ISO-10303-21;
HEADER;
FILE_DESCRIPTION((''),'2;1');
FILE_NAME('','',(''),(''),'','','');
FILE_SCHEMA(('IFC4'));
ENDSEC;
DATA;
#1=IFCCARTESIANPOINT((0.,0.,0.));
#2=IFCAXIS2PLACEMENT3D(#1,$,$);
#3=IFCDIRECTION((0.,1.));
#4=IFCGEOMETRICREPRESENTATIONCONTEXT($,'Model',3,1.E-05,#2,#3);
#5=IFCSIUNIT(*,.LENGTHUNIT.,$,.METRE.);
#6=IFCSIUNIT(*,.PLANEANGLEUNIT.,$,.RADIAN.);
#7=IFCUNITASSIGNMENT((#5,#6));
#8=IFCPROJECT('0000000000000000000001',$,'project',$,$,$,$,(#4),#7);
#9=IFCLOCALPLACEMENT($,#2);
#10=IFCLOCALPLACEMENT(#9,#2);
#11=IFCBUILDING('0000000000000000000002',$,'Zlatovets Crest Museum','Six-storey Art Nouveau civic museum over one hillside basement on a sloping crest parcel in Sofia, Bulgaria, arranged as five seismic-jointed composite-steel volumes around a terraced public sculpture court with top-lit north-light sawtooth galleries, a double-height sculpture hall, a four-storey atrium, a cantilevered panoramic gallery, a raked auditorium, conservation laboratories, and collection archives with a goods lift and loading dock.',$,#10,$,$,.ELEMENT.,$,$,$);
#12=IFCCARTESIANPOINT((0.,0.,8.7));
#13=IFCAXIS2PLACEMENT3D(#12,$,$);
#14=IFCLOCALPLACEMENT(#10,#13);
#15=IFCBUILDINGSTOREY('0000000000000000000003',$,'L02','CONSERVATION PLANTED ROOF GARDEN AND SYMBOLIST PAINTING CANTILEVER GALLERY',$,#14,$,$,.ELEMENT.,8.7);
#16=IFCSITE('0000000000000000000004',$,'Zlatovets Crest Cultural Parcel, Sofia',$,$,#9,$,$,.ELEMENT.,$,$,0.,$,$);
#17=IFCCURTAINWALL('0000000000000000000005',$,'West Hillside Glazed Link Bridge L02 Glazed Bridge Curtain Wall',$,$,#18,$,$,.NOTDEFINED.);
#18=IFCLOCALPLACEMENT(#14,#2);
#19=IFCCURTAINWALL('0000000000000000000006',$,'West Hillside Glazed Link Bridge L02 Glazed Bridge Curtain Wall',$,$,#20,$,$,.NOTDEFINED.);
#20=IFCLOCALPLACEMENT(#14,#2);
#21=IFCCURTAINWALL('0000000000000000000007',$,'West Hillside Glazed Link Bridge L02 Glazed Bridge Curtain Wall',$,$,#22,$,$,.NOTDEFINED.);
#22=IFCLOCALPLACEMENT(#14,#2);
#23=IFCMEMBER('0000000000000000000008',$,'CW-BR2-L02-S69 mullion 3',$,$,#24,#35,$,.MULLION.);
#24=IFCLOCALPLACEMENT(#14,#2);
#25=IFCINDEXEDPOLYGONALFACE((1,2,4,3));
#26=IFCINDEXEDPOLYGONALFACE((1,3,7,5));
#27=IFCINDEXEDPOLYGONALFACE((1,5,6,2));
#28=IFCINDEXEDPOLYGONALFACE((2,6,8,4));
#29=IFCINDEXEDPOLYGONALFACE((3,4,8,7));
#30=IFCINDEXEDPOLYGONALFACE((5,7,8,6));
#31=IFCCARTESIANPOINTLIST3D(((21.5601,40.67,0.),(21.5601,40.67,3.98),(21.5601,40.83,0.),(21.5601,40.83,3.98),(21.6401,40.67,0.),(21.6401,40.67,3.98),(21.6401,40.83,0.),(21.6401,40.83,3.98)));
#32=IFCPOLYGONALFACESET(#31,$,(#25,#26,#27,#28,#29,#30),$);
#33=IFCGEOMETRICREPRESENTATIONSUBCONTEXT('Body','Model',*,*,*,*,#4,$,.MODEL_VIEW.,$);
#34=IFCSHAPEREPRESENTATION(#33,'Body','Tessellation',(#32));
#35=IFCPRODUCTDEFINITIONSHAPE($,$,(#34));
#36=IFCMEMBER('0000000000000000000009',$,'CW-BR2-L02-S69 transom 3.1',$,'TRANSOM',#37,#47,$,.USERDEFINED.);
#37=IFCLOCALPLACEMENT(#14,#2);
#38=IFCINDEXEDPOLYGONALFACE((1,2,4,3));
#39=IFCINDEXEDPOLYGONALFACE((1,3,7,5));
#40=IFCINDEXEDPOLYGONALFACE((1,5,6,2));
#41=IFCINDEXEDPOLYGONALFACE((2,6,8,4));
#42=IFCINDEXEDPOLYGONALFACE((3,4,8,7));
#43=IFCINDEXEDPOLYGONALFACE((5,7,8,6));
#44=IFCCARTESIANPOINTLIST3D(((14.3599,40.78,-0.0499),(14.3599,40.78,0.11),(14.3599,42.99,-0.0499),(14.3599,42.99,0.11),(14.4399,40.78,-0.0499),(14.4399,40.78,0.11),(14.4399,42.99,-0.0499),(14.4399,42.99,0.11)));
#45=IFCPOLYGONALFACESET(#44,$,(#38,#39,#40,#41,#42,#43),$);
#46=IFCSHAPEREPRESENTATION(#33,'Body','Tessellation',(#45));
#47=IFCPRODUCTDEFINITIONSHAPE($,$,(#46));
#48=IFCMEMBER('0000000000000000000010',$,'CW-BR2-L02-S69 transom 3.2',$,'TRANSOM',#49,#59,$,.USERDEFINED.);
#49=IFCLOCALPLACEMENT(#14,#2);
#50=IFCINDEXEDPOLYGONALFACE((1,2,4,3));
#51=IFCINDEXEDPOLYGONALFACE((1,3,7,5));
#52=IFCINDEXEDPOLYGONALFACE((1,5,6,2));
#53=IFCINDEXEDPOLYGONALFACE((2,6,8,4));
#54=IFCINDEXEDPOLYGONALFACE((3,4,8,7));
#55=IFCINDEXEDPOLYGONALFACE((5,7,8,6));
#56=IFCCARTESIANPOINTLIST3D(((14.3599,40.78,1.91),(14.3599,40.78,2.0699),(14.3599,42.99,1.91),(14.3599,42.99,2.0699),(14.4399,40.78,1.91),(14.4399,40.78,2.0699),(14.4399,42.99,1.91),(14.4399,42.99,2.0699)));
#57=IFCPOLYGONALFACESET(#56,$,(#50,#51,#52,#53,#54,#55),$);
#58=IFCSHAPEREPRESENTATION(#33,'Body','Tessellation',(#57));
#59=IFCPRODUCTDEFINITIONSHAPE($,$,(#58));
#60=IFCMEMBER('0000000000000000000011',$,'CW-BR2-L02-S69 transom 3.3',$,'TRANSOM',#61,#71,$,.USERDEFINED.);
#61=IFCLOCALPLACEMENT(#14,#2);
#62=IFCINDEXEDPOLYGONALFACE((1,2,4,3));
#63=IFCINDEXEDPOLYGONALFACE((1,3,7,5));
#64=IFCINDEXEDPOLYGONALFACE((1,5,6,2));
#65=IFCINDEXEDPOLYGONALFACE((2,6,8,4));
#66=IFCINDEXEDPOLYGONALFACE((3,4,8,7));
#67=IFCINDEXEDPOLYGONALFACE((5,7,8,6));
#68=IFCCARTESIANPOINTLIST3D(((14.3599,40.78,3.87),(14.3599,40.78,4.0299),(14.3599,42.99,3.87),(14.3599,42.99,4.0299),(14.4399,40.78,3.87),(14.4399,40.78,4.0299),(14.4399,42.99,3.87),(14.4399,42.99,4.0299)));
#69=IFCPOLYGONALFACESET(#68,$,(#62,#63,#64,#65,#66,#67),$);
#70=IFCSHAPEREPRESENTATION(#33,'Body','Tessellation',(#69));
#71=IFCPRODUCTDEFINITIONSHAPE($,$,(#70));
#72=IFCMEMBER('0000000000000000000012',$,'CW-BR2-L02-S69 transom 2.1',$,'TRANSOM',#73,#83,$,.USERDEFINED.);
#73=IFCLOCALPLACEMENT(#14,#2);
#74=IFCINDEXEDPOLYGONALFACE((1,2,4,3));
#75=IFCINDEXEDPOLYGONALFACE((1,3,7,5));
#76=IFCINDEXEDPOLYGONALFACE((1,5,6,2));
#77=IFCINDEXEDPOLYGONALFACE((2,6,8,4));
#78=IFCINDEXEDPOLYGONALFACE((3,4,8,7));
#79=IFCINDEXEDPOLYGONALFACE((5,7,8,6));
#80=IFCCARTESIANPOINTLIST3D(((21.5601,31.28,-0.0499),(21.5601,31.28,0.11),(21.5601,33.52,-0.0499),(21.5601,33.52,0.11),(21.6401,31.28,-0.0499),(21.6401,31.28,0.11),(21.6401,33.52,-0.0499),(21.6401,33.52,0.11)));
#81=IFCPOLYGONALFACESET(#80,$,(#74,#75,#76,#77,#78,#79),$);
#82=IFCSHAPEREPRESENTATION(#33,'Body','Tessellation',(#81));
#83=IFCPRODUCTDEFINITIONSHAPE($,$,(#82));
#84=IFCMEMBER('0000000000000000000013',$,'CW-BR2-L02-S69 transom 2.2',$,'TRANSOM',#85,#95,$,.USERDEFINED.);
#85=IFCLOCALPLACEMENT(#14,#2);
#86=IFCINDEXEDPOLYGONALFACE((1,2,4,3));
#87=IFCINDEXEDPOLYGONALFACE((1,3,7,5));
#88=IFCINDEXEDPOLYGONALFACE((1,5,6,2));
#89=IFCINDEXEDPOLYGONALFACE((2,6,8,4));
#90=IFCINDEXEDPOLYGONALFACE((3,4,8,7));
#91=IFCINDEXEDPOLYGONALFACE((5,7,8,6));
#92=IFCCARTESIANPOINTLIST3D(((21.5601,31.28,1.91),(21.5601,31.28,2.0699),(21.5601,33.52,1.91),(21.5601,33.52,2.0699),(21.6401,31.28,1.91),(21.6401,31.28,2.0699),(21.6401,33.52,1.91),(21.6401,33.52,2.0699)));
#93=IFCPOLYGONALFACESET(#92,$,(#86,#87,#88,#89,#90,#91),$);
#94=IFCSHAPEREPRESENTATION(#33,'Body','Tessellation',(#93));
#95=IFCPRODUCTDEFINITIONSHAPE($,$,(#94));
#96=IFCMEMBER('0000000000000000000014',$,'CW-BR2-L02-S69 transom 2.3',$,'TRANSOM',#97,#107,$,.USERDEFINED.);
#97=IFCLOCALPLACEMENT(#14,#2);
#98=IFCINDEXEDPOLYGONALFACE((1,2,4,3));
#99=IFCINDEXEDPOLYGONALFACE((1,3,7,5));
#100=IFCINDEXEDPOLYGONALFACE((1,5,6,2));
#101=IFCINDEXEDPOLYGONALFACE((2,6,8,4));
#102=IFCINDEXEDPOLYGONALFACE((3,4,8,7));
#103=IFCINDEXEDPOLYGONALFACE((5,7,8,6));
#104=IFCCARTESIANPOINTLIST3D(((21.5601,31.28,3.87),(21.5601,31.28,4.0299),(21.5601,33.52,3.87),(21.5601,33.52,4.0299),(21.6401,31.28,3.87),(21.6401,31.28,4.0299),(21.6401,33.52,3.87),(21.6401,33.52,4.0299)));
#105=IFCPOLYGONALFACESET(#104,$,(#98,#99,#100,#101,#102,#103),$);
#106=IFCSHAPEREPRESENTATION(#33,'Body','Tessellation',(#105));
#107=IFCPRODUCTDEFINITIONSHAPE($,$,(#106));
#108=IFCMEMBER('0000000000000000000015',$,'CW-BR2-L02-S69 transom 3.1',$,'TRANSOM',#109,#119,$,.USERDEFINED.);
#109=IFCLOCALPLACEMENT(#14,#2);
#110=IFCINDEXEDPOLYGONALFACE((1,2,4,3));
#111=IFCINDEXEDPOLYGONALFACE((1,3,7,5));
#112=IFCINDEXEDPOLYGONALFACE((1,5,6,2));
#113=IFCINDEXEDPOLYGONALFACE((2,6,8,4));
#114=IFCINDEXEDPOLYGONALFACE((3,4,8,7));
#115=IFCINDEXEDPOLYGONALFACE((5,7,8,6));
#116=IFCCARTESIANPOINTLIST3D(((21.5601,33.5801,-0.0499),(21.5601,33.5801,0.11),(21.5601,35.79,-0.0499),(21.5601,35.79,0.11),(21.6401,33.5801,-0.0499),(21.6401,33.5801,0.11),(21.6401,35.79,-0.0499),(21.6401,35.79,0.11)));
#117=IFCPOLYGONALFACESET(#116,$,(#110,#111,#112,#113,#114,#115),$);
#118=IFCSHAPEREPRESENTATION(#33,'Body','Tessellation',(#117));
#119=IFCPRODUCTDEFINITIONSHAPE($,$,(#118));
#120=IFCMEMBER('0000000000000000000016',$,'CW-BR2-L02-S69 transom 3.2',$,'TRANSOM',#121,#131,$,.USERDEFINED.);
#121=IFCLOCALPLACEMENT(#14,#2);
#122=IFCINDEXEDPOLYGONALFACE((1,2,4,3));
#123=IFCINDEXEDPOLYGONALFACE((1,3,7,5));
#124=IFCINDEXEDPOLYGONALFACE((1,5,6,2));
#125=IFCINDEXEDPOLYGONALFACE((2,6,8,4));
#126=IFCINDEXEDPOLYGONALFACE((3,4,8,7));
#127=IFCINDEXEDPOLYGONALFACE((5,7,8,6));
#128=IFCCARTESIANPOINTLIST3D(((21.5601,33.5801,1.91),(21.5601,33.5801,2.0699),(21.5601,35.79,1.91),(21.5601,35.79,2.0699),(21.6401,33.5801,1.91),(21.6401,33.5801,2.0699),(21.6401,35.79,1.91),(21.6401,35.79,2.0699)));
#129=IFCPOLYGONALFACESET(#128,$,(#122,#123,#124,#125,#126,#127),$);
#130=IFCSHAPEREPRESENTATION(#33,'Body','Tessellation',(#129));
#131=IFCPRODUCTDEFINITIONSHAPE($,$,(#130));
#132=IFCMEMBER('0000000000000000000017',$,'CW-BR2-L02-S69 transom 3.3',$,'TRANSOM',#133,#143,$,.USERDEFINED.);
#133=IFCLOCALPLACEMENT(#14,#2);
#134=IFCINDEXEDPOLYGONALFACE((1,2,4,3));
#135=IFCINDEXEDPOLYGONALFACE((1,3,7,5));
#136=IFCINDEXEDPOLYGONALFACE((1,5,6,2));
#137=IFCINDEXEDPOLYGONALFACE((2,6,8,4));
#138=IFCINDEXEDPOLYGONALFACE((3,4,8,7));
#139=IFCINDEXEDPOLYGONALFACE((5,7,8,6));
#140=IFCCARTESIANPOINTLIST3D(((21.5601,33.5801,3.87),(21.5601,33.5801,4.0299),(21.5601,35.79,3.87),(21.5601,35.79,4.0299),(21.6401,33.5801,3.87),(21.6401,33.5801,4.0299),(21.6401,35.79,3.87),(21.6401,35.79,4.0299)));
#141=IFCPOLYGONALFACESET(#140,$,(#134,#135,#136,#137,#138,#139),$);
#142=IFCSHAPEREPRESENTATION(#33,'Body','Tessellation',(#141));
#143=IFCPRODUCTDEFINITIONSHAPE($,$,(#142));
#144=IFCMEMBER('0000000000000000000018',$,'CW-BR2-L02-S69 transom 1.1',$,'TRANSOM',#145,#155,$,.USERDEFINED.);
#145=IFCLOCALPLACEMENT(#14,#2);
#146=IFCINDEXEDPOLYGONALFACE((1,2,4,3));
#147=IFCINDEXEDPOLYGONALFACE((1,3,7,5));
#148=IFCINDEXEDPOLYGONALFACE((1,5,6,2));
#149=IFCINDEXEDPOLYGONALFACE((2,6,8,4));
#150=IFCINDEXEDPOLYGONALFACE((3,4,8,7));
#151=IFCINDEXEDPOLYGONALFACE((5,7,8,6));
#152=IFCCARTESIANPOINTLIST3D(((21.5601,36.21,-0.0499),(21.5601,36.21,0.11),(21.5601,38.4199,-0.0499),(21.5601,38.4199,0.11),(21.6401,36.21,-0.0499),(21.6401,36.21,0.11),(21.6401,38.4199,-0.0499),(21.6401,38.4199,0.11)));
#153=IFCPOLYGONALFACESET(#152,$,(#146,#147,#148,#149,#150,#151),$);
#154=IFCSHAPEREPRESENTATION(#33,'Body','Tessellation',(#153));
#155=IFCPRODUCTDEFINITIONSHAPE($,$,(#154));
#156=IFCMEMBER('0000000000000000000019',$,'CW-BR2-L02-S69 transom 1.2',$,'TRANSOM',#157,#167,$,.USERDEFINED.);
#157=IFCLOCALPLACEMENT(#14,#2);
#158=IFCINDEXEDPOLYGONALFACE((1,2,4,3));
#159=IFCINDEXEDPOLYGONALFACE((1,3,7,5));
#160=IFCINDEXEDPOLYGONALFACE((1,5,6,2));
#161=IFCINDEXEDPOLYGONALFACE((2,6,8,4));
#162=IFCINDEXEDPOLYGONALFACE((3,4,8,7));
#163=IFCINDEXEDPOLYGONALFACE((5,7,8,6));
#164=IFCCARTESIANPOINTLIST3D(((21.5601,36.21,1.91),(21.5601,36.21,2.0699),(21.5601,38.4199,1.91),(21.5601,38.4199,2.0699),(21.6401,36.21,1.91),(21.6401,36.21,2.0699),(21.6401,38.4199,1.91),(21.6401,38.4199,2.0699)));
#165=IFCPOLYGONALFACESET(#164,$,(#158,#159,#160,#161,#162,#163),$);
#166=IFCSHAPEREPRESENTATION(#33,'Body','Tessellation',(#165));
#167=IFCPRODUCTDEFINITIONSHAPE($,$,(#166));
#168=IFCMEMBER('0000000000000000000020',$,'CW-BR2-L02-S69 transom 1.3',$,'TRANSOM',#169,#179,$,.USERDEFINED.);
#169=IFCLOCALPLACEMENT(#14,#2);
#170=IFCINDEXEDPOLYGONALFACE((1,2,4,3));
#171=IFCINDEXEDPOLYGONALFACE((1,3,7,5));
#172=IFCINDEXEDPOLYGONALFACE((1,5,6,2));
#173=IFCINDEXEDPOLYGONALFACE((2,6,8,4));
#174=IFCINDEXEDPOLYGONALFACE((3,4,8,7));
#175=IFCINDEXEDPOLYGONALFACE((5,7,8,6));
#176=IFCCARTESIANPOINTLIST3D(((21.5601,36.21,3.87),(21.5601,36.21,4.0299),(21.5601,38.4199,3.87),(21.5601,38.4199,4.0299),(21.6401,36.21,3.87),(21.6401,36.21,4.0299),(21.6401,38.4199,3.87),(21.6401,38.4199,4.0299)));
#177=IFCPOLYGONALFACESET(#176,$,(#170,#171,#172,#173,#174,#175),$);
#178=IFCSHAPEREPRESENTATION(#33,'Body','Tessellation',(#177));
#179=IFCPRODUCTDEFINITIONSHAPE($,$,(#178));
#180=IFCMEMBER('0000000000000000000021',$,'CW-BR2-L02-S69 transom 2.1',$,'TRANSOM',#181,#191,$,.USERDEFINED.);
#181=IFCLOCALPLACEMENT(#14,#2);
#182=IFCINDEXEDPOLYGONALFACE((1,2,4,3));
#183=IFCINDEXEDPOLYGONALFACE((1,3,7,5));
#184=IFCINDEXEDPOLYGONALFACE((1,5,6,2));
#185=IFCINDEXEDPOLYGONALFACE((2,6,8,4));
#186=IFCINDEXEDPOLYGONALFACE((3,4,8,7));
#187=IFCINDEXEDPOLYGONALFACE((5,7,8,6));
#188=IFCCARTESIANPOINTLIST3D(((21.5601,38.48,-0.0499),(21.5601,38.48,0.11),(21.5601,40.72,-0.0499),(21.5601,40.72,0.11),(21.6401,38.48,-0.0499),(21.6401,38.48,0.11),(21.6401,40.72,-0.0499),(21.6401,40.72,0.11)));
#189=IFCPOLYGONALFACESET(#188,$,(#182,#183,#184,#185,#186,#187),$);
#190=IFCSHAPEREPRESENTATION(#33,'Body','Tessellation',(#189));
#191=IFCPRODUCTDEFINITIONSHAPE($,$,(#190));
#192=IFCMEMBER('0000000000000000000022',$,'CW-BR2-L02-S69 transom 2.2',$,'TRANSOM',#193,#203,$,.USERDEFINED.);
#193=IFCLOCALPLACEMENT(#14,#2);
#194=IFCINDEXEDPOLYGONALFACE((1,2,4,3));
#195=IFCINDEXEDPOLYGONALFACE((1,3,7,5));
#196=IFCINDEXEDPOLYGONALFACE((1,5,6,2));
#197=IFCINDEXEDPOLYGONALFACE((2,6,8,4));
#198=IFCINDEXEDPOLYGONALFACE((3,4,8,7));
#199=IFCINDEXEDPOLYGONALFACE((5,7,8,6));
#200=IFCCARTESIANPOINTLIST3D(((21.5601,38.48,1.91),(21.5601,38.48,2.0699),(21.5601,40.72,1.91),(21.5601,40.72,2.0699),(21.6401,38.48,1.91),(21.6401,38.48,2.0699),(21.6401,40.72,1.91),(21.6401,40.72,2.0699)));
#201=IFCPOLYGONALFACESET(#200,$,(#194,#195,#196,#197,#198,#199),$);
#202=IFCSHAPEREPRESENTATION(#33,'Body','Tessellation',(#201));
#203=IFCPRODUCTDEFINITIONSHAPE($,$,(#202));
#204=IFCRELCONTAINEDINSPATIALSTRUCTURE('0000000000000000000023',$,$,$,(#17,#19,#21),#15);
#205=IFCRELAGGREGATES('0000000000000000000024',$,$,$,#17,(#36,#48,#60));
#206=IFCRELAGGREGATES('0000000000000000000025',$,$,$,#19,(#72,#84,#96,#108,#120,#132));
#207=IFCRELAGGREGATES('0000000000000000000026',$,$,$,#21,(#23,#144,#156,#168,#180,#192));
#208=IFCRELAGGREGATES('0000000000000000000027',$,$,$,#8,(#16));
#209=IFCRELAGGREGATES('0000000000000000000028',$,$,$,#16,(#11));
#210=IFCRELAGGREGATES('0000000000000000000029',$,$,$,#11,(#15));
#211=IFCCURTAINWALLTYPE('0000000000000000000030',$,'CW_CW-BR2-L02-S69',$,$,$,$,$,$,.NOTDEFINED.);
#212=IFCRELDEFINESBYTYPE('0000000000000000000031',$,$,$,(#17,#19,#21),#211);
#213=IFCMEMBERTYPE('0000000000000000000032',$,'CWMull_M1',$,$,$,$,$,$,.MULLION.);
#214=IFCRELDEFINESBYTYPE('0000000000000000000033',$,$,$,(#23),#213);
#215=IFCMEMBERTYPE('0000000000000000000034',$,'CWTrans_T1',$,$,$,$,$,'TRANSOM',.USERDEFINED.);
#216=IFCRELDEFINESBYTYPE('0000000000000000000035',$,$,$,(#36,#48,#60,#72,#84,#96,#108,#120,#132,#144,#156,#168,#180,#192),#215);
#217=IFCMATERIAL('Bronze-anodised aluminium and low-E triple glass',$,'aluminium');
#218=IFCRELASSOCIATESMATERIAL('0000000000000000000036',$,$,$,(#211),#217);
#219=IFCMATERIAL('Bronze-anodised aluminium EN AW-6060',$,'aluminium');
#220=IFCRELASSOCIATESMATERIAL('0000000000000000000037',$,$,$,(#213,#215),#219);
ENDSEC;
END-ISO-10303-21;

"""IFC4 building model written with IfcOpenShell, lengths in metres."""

from ifc_helpers import new_model, si_unit, direction, frame, origin, origin_2d, place, context, subcontext, project, spatial, rectangle, extrude, material, material_profile, profile_set, type_object, element, aggregate, save


model = new_model("IFC4")

# Units and contexts
model_context = context("Model", 3, precision=1e-05, world=origin(), true_north=direction((0.0, 1.0)))
body_context = subcontext(model_context, "Body", "Model", "MODEL_VIEW")
ifc_project = project(units=[si_unit("LENGTHUNIT", "METRE"), si_unit("PLANEANGLEUNIT", "RADIAN")], contexts=[model_context])

# Site, building, storey
site_placement = place(None, origin())
site = spatial("IfcSite", under=ifc_project, at=site_placement, Name="Zlatovets Crest Cultural Parcel, Sofia", CompositionType="ELEMENT", RefElevation=0.0)
building_placement = place(site_placement, origin())
building = spatial("IfcBuilding", under=site, at=building_placement, Name="Zlatovets Crest Museum", Description="Six-storey Art Nouveau civic museum over one hillside basement on a sloping crest parcel in Sofia, Bulgaria, arranged as five seismic-jointed composite-steel volumes around a terraced public sculpture court with top-lit north-light sawtooth galleries, a double-height sculpture hall, a four-storey atrium, a cantilevered panoramic gallery, a raked auditorium, conservation laboratories, and collection archives with a goods lift and loading dock.", CompositionType="ELEMENT")
storey_placement = place(building_placement, frame((0.0, 0.0, 8.7)))
storey = spatial("IfcBuildingStorey", under=building, at=storey_placement, Name="L02", Description="CONSERVATION PLANTED ROOF GARDEN AND SYMBOLIST PAINTING CANTILEVER GALLERY", CompositionType="ELEMENT", Elevation=8.7)

# Curtain wall
ifc_material_1 = material(Name="Bronze-anodised aluminium and low-E triple glass", Category="aluminium")
curtain_wall_type = type_object("IfcCurtainWallType", Name="CW_CW-BR2-L02-S69", PredefinedType="NOTDEFINED", material=ifc_material_1)
curtain_wall_1_placement = place(storey_placement, origin())
curtain_wall_1 = element("IfcCurtainWall", 1, at=curtain_wall_1_placement, inside=storey, type_object=curtain_wall_type, Name="West Hillside Glazed Link Bridge L02 Glazed Bridge Curtain Wall", PredefinedType="NOTDEFINED")
ifc_material_2 = material(Name="Bronze-anodised aluminium EN AW-6060", Category="aluminium")
ifc_material_profile_1 = material_profile(ifc_material_2, rectangle(XDim=0.0801, YDim=0.1599, at=origin_2d()), Name="ALU 80x160")
ifc_profile_set_1 = profile_set([ifc_material_profile_1], Name="Bronze-anodised aluminium EN AW-6060")
member_type_1 = type_object("IfcMemberType", Name="CWMull_M1", PredefinedType="MULLION", material=ifc_profile_set_1)

# Curtain walls, member
curtain_wall_2_placement = place(storey_placement, origin())
curtain_wall_2 = element("IfcCurtainWall", 2, at=curtain_wall_2_placement, inside=storey, type_object=curtain_wall_type, Name="West Hillside Glazed Link Bridge L02 Glazed Bridge Curtain Wall", PredefinedType="NOTDEFINED")
curtain_wall_3_placement = place(storey_placement, origin())
curtain_wall_3 = element("IfcCurtainWall", 3, at=curtain_wall_3_placement, inside=storey, type_object=curtain_wall_type, Name="West Hillside Glazed Link Bridge L02 Glazed Bridge Curtain Wall", PredefinedType="NOTDEFINED")
member_1_placement = place(storey_placement, frame((21.6001, 40.75, 0.0), z_axis=(0.0, 0.0, 1.0), x_axis=(-1.0, 0.0, 0.0)))
member_1 = element("IfcMember", 4, at=member_1_placement, type_object=member_type_1, Name="CW-BR2-L02-S69 mullion 3", PredefinedType="MULLION", context=body_context, shape_type="SweptSolid", body=[
    extrude(rectangle(XDim=0.0801, YDim=0.1599, at=origin_2d()), origin(), (0.0, 0.0, 1.0), 3.98),
])

# Members
ifc_material_profile_2 = material_profile(ifc_material_2, rectangle(XDim=0.0801, YDim=0.1599, at=origin_2d()), Name="ALU 80x160")
ifc_profile_set_2 = profile_set([ifc_material_profile_2], Name="Bronze-anodised aluminium EN AW-6060")
member_type_2 = type_object("IfcMemberType", Name="CWTrans_T1", ElementType="TRANSOM", PredefinedType="USERDEFINED", material=ifc_profile_set_2)
member_2_placement = place(storey_placement, frame((14.3999, 40.78, 0.03), z_axis=(0.0, 1.0, 0.0), x_axis=(-1.0, 0.0, 0.0)))
member_2 = element("IfcMember", 5, at=member_2_placement, type_object=member_type_2, Name="CW-BR2-L02-S69 transom 3.1", ObjectType="TRANSOM", PredefinedType="USERDEFINED", context=body_context, shape_type="SweptSolid", body=[
    extrude(rectangle(XDim=0.0801, YDim=0.1599, at=origin_2d()), origin(), (0.0, 0.0, 1.0), 2.21),
])
member_3_placement = place(storey_placement, frame((14.3999, 40.78, 1.99), z_axis=(0.0, 1.0, 0.0), x_axis=(-1.0, 0.0, 0.0)))
member_3 = element("IfcMember", 6, at=member_3_placement, type_object=member_type_2, Name="CW-BR2-L02-S69 transom 3.2", ObjectType="TRANSOM", PredefinedType="USERDEFINED", context=body_context, shape_type="SweptSolid", body=[
    extrude(rectangle(XDim=0.0801, YDim=0.1599, at=origin_2d()), origin(), (0.0, 0.0, 1.0), 2.21),
])
member_4_placement = place(storey_placement, frame((14.3999, 40.78, 3.95), z_axis=(0.0, 1.0, 0.0), x_axis=(-1.0, 0.0, 0.0)))
member_4 = element("IfcMember", 7, at=member_4_placement, type_object=member_type_2, Name="CW-BR2-L02-S69 transom 3.3", ObjectType="TRANSOM", PredefinedType="USERDEFINED", context=body_context, shape_type="SweptSolid", body=[
    extrude(rectangle(XDim=0.0801, YDim=0.1599, at=origin_2d()), origin(), (0.0, 0.0, 1.0), 2.21),
])
aggregate(curtain_wall_1, [member_2, member_3, member_4])
member_5_placement = place(storey_placement, frame((21.6001, 31.28, 0.03), z_axis=(0.0, 1.0, 0.0), x_axis=(-1.0, 0.0, 0.0)))
member_5 = element("IfcMember", 8, at=member_5_placement, type_object=member_type_2, Name="CW-BR2-L02-S69 transom 2.1", ObjectType="TRANSOM", PredefinedType="USERDEFINED", context=body_context, shape_type="SweptSolid", body=[
    extrude(rectangle(XDim=0.0801, YDim=0.1599, at=origin_2d()), origin(), (0.0, 0.0, 1.0), 2.24),
])
member_6_placement = place(storey_placement, frame((21.6001, 31.28, 1.99), z_axis=(0.0, 1.0, 0.0), x_axis=(-1.0, 0.0, 0.0)))
member_6 = element("IfcMember", 9, at=member_6_placement, type_object=member_type_2, Name="CW-BR2-L02-S69 transom 2.2", ObjectType="TRANSOM", PredefinedType="USERDEFINED", context=body_context, shape_type="SweptSolid", body=[
    extrude(rectangle(XDim=0.0801, YDim=0.1599, at=origin_2d()), origin(), (0.0, 0.0, 1.0), 2.24),
])
member_7_placement = place(storey_placement, frame((21.6001, 31.28, 3.95), z_axis=(0.0, 1.0, 0.0), x_axis=(-1.0, 0.0, 0.0)))
member_7 = element("IfcMember", 10, at=member_7_placement, type_object=member_type_2, Name="CW-BR2-L02-S69 transom 2.3", ObjectType="TRANSOM", PredefinedType="USERDEFINED", context=body_context, shape_type="SweptSolid", body=[
    extrude(rectangle(XDim=0.0801, YDim=0.1599, at=origin_2d()), origin(), (0.0, 0.0, 1.0), 2.24),
])
member_8_placement = place(storey_placement, frame((21.6001, 33.5801, 0.03), z_axis=(0.0, 1.0, 0.0), x_axis=(-1.0, 0.0, 0.0)))
member_8 = element("IfcMember", 11, at=member_8_placement, type_object=member_type_2, Name="CW-BR2-L02-S69 transom 3.1", ObjectType="TRANSOM", PredefinedType="USERDEFINED", context=body_context, shape_type="SweptSolid", body=[
    extrude(rectangle(XDim=0.0801, YDim=0.1599, at=origin_2d()), origin(), (0.0, 0.0, 1.0), 2.21),
])
member_9_placement = place(storey_placement, frame((21.6001, 33.5801, 1.99), z_axis=(0.0, 1.0, 0.0), x_axis=(-1.0, 0.0, 0.0)))
member_9 = element("IfcMember", 12, at=member_9_placement, type_object=member_type_2, Name="CW-BR2-L02-S69 transom 3.2", ObjectType="TRANSOM", PredefinedType="USERDEFINED", context=body_context, shape_type="SweptSolid", body=[
    extrude(rectangle(XDim=0.0801, YDim=0.1599, at=origin_2d()), origin(), (0.0, 0.0, 1.0), 2.21),
])
member_10_placement = place(storey_placement, frame((21.6001, 33.5801, 3.95), z_axis=(0.0, 1.0, 0.0), x_axis=(-1.0, 0.0, 0.0)))
member_10 = element("IfcMember", 13, at=member_10_placement, type_object=member_type_2, Name="CW-BR2-L02-S69 transom 3.3", ObjectType="TRANSOM", PredefinedType="USERDEFINED", context=body_context, shape_type="SweptSolid", body=[
    extrude(rectangle(XDim=0.0801, YDim=0.1599, at=origin_2d()), origin(), (0.0, 0.0, 1.0), 2.21),
])
member_11_placement = place(storey_placement, frame((21.6001, 36.21, 0.03), z_axis=(0.0, 1.0, 0.0), x_axis=(-1.0, 0.0, 0.0)))
member_11 = element("IfcMember", 14, at=member_11_placement, type_object=member_type_2, Name="CW-BR2-L02-S69 transom 1.1", ObjectType="TRANSOM", PredefinedType="USERDEFINED", context=body_context, shape_type="SweptSolid", body=[
    extrude(rectangle(XDim=0.0801, YDim=0.1599, at=origin_2d()), origin(), (0.0, 0.0, 1.0), 2.21),
])
member_12_placement = place(storey_placement, frame((21.6001, 36.21, 1.99), z_axis=(0.0, 1.0, 0.0), x_axis=(-1.0, 0.0, 0.0)))
member_12 = element("IfcMember", 15, at=member_12_placement, type_object=member_type_2, Name="CW-BR2-L02-S69 transom 1.2", ObjectType="TRANSOM", PredefinedType="USERDEFINED", context=body_context, shape_type="SweptSolid", body=[
    extrude(rectangle(XDim=0.0801, YDim=0.1599, at=origin_2d()), origin(), (0.0, 0.0, 1.0), 2.21),
])
member_13_placement = place(storey_placement, frame((21.6001, 36.21, 3.95), z_axis=(0.0, 1.0, 0.0), x_axis=(-1.0, 0.0, 0.0)))
member_13 = element("IfcMember", 16, at=member_13_placement, type_object=member_type_2, Name="CW-BR2-L02-S69 transom 1.3", ObjectType="TRANSOM", PredefinedType="USERDEFINED", context=body_context, shape_type="SweptSolid", body=[
    extrude(rectangle(XDim=0.0801, YDim=0.1599, at=origin_2d()), origin(), (0.0, 0.0, 1.0), 2.21),
])
member_14_placement = place(storey_placement, frame((21.6001, 38.48, 0.03), z_axis=(0.0, 1.0, 0.0), x_axis=(-1.0, 0.0, 0.0)))
member_14 = element("IfcMember", 17, at=member_14_placement, type_object=member_type_2, Name="CW-BR2-L02-S69 transom 2.1", ObjectType="TRANSOM", PredefinedType="USERDEFINED", context=body_context, shape_type="SweptSolid", body=[
    extrude(rectangle(XDim=0.0801, YDim=0.1599, at=origin_2d()), origin(), (0.0, 0.0, 1.0), 2.24),
])
member_15_placement = place(storey_placement, frame((21.6001, 38.48, 1.99), z_axis=(0.0, 1.0, 0.0), x_axis=(-1.0, 0.0, 0.0)))
member_15 = element("IfcMember", 18, at=member_15_placement, type_object=member_type_2, Name="CW-BR2-L02-S69 transom 2.2", ObjectType="TRANSOM", PredefinedType="USERDEFINED", context=body_context, shape_type="SweptSolid", body=[
    extrude(rectangle(XDim=0.0801, YDim=0.1599, at=origin_2d()), origin(), (0.0, 0.0, 1.0), 2.24),
])

aggregate(curtain_wall_2, [member_5, member_6, member_7, member_8, member_9, member_10])
aggregate(curtain_wall_3, [member_1, member_11, member_12, member_13, member_14, member_15])

save(model, "model.ifc")
